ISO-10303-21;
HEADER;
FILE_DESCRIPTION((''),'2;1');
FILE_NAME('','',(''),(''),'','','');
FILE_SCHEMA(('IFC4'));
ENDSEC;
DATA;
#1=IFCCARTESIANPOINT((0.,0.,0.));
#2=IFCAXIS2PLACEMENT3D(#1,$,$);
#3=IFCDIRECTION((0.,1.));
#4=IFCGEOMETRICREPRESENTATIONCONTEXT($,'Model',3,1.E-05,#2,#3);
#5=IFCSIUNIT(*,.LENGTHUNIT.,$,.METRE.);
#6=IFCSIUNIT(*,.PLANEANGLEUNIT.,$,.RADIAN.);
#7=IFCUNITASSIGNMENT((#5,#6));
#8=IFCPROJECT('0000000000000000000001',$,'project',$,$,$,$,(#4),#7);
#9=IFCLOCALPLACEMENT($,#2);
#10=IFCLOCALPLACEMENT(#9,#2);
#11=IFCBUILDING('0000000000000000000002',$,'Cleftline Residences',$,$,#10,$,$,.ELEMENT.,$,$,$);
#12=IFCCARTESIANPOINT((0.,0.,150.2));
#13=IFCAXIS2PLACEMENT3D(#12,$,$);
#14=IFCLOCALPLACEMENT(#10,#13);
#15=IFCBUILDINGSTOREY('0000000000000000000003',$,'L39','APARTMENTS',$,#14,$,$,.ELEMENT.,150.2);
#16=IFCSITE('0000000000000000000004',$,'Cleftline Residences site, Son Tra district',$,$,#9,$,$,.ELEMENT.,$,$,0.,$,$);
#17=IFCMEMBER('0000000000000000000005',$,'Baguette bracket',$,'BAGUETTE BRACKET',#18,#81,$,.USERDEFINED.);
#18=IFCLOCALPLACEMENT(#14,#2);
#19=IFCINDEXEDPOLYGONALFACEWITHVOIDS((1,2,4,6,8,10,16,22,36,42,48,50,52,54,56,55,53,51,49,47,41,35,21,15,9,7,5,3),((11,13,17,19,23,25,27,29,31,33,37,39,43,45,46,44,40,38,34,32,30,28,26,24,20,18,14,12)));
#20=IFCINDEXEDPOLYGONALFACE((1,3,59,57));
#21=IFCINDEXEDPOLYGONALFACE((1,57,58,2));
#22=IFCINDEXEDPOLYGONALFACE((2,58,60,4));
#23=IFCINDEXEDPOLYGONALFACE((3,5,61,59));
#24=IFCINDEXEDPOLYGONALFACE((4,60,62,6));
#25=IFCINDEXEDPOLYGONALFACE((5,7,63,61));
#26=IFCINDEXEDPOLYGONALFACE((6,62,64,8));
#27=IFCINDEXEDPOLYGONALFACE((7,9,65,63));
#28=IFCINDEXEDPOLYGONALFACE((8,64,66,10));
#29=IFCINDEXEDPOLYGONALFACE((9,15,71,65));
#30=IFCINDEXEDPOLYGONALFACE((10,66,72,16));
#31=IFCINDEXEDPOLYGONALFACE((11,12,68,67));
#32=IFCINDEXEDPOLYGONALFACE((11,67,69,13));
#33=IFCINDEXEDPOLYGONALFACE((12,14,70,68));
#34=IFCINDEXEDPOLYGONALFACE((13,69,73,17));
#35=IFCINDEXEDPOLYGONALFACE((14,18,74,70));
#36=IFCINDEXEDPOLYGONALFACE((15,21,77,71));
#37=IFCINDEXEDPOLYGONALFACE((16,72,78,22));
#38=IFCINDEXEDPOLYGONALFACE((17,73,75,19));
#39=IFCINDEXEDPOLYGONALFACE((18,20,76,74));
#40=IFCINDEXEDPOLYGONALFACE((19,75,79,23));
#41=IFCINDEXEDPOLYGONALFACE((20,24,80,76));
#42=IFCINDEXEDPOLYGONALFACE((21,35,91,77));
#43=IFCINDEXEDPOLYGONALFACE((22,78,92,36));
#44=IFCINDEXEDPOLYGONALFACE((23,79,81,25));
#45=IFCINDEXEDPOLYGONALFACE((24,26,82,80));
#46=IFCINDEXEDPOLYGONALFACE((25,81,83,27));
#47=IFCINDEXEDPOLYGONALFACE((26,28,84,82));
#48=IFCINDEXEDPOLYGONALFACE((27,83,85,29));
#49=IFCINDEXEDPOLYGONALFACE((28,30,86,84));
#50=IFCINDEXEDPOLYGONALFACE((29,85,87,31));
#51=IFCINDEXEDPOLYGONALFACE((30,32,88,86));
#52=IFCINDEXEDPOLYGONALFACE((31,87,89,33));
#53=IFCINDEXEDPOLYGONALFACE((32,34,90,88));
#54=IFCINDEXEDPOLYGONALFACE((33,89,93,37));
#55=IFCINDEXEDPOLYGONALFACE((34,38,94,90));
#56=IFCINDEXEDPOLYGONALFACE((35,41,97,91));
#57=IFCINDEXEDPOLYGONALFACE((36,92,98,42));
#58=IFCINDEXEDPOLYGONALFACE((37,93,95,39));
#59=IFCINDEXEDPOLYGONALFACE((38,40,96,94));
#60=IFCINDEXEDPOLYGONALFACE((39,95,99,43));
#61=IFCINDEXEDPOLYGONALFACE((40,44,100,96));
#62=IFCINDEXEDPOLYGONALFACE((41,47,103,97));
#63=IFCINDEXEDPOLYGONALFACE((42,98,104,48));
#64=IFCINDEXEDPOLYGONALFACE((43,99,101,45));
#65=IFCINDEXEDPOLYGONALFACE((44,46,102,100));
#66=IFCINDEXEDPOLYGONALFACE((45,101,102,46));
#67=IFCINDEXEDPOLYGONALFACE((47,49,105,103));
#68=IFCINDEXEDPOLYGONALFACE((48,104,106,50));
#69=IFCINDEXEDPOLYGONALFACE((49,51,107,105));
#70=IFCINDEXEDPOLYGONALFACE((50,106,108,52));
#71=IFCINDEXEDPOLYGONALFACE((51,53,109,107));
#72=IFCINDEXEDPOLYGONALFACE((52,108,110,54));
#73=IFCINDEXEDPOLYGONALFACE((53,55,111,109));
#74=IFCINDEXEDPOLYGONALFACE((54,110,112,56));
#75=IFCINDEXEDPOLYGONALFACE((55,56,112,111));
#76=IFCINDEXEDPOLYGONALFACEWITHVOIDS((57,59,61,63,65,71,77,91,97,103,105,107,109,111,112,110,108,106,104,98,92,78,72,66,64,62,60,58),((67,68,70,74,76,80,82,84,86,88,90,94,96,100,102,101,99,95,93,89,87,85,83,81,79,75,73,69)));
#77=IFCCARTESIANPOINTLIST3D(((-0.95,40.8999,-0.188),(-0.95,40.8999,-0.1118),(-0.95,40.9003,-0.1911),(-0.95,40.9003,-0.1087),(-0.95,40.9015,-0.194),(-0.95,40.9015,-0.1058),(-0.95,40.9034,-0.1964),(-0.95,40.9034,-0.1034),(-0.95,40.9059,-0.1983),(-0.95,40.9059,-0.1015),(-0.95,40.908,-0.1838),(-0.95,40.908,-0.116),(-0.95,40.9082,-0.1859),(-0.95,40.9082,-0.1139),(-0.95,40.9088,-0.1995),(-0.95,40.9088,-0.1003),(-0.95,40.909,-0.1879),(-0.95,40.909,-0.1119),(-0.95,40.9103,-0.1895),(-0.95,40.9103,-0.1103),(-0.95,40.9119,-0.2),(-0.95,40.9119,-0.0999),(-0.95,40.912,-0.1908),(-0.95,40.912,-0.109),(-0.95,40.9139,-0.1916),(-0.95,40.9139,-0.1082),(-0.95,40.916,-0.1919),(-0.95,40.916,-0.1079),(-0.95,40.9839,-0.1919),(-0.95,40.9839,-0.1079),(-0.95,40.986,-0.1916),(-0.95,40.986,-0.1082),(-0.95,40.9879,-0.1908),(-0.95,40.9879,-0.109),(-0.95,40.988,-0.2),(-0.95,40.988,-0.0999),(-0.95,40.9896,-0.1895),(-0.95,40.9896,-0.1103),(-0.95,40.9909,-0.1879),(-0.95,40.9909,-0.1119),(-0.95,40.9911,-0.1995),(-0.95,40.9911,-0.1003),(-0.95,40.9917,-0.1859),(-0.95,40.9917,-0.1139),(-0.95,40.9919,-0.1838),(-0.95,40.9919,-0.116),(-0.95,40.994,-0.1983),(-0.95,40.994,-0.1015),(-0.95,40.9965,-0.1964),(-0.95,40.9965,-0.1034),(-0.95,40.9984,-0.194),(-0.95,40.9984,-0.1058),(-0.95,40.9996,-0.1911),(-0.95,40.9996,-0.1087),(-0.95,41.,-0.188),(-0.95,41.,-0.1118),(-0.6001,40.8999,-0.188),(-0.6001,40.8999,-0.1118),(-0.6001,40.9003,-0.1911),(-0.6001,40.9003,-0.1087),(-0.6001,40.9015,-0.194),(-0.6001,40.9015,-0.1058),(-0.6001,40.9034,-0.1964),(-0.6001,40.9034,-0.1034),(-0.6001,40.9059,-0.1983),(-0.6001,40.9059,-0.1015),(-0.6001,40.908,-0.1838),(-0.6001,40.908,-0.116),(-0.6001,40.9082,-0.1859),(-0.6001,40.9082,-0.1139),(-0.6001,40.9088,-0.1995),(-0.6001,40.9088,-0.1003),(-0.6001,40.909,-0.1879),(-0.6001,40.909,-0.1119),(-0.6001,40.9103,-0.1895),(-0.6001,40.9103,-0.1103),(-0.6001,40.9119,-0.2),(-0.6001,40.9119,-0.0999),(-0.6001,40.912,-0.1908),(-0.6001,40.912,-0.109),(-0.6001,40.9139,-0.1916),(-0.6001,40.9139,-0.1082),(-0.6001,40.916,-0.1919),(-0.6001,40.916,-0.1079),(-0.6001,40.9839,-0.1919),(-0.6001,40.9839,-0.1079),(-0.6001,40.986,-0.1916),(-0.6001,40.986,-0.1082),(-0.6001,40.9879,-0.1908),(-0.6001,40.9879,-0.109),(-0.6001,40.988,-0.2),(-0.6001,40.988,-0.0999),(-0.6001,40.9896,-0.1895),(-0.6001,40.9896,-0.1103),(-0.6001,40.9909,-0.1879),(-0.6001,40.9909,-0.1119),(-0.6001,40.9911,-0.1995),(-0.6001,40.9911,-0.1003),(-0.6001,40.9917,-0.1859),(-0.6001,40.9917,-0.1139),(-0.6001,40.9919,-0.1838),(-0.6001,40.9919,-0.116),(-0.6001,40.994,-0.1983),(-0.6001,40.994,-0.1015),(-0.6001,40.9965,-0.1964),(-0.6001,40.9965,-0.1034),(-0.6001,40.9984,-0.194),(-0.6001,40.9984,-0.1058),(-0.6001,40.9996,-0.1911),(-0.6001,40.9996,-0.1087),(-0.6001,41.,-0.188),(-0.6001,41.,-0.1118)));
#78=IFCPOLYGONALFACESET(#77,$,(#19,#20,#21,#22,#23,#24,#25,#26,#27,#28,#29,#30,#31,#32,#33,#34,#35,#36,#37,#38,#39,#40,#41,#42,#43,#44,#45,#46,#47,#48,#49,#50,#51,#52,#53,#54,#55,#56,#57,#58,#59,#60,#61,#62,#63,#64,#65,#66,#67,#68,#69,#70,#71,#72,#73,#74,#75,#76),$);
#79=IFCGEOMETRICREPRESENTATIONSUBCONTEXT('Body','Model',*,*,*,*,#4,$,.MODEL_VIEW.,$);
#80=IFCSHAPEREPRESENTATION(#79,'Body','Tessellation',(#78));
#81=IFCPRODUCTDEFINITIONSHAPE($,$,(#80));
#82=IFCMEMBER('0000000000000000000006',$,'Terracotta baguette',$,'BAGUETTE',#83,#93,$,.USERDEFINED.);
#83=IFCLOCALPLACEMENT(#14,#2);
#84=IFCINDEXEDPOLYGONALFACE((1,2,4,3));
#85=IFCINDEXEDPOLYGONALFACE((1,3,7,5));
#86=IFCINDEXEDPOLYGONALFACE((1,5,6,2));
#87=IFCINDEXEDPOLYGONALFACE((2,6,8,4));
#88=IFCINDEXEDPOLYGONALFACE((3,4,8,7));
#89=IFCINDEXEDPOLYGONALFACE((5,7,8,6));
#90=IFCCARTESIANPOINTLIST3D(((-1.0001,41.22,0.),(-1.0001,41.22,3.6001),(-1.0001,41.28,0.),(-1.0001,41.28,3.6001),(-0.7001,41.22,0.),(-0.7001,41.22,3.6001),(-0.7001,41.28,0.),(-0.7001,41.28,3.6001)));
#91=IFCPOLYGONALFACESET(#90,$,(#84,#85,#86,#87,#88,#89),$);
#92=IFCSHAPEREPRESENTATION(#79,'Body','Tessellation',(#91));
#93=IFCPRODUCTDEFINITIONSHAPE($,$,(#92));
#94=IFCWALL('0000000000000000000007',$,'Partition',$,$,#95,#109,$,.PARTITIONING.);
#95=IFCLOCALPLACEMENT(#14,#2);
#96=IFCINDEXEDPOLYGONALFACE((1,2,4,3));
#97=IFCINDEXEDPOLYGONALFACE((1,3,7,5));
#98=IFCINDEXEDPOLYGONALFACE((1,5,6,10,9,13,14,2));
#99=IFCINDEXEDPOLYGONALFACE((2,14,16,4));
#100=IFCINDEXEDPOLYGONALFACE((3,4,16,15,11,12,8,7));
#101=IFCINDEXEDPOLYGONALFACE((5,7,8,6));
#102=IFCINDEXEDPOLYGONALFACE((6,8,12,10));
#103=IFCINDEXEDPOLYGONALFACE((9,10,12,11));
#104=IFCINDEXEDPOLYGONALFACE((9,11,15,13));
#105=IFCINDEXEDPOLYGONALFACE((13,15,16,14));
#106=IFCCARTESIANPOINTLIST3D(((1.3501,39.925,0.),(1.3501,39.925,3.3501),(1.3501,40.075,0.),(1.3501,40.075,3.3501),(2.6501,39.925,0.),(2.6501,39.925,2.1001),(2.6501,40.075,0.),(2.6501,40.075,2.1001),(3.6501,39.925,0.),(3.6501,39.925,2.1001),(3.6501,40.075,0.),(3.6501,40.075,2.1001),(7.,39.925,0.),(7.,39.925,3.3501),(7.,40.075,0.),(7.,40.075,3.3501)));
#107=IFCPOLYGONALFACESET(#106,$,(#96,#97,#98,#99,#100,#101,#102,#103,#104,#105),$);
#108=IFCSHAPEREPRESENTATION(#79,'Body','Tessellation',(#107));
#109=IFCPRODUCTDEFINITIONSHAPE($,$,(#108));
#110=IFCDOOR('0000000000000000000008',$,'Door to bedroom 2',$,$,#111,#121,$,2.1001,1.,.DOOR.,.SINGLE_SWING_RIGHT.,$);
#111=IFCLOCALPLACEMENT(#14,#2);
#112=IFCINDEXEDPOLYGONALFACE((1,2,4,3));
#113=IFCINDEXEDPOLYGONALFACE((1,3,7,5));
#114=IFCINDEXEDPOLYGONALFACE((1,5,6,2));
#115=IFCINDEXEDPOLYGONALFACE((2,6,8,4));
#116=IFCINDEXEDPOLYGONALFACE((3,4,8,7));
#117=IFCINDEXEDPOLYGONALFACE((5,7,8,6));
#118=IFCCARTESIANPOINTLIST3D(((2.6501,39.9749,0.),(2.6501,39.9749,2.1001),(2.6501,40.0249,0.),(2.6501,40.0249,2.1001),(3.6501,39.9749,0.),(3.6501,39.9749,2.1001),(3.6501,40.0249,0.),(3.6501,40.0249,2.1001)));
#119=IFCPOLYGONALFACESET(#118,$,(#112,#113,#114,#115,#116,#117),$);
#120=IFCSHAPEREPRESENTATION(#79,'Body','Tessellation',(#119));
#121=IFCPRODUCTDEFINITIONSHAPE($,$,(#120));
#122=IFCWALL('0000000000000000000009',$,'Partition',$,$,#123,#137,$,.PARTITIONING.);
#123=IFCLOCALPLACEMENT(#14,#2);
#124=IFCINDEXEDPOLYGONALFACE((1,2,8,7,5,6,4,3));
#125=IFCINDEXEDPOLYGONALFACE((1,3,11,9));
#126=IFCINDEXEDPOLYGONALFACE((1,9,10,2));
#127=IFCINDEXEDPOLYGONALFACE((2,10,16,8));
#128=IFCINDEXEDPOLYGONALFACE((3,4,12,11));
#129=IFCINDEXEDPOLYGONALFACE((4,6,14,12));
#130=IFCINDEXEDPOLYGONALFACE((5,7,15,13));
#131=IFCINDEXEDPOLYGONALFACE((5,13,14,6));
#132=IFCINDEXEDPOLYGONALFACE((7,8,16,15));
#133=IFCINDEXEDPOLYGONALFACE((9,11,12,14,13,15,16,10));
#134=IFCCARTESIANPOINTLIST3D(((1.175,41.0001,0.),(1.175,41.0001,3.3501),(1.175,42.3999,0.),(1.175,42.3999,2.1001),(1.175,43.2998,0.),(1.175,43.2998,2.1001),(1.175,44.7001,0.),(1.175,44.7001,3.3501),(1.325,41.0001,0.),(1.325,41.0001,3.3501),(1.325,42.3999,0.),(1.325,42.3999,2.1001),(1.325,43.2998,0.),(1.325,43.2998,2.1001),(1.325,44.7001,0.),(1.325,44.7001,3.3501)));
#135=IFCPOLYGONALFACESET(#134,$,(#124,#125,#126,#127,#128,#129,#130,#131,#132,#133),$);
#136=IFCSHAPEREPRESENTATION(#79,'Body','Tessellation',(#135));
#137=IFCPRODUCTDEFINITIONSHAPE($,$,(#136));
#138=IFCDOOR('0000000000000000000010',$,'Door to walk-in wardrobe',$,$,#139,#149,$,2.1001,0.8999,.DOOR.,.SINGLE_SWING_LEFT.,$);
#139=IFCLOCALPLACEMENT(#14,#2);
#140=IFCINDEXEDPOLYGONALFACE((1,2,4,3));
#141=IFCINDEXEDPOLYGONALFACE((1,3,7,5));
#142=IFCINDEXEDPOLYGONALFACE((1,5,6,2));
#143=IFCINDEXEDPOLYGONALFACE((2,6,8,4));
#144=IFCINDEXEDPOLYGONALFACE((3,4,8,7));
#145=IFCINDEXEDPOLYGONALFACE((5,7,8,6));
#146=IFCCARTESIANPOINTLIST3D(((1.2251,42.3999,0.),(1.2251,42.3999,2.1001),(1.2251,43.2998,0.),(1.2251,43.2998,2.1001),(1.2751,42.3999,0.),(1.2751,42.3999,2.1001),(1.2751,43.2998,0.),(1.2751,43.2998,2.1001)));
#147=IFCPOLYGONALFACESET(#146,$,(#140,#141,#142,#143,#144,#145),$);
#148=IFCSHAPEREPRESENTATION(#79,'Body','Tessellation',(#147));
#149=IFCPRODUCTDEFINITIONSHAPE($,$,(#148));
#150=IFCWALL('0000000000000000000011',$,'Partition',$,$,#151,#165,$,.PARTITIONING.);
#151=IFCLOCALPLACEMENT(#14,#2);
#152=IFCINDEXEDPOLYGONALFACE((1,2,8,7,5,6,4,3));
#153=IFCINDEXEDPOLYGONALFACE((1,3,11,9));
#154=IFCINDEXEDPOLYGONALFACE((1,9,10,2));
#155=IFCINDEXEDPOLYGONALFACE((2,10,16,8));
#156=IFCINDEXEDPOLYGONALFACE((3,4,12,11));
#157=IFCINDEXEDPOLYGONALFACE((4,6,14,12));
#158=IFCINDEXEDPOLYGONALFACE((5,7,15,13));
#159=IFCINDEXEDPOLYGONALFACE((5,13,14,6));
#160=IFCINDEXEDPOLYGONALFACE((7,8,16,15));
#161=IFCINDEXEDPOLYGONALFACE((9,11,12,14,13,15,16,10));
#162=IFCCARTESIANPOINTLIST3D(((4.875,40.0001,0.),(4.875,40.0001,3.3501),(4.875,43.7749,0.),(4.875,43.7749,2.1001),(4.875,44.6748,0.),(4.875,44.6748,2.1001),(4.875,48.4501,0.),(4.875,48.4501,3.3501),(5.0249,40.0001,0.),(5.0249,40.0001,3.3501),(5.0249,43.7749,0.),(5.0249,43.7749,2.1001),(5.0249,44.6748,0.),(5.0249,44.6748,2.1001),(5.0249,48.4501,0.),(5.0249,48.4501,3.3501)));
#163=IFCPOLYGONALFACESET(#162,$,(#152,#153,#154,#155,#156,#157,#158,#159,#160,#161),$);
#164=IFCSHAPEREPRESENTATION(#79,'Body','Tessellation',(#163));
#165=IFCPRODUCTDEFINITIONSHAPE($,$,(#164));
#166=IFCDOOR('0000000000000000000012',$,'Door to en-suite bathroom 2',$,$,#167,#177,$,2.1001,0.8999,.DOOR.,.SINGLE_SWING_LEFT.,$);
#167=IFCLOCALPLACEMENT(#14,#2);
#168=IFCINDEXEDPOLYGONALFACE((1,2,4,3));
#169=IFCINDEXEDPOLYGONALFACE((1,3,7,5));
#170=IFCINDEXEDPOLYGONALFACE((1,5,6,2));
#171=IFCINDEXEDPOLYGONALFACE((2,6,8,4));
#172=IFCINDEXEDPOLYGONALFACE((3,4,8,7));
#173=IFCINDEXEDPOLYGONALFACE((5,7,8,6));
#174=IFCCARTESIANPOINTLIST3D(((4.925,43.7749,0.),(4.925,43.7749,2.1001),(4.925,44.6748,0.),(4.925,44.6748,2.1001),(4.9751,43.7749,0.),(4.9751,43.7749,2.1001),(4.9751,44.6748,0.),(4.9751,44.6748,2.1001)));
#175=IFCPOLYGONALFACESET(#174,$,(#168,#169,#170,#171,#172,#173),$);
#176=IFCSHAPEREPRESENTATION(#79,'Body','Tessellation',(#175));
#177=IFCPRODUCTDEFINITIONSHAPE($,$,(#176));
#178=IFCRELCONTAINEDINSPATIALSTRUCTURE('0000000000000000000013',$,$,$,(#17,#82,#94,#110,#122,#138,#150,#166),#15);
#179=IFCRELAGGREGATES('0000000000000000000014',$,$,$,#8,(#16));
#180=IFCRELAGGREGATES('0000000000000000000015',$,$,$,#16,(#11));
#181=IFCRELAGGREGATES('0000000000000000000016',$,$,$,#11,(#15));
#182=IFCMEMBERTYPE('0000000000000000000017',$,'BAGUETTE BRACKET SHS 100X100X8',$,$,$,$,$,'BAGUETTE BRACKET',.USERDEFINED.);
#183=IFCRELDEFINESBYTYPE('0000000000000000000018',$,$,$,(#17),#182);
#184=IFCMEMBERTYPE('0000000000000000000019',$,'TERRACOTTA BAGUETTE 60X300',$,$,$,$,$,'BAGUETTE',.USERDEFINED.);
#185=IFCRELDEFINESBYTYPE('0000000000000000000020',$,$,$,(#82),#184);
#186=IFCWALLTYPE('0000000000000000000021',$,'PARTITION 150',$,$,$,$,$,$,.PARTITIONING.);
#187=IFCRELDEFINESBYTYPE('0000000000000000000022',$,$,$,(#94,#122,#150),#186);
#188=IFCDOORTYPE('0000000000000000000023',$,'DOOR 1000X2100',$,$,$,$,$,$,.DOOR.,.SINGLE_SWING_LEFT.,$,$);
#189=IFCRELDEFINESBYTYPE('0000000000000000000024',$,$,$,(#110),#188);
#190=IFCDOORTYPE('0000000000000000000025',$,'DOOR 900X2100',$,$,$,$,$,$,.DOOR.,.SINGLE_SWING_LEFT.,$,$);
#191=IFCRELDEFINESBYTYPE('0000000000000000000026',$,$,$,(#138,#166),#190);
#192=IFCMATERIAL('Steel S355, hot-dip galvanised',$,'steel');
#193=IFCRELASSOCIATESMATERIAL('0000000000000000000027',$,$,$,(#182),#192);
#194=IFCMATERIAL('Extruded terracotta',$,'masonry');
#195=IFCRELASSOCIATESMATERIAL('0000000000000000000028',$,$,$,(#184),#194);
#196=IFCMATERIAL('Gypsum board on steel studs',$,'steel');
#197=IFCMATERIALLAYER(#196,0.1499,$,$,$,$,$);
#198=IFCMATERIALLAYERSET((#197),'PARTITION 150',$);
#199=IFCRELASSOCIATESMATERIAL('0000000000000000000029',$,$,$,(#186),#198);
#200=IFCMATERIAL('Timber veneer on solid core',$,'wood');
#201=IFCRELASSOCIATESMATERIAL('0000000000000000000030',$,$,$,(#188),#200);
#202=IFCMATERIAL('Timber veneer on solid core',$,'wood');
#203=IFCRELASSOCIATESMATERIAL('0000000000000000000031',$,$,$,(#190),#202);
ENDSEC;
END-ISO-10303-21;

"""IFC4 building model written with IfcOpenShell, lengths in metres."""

from ifc_helpers import new_model, si_unit, direction, frame, frame_2d, origin, origin_2d, place, context, subcontext, project, spatial, rectangle, hollow_rectangle, extrude, material, layer, layer_set, material_profile, profile_set, type_object, element, fill, save


model = new_model("IFC4")

# Units and contexts
model_context = context("Model", 3, precision=1e-05, world=origin(), true_north=direction((0.0, 1.0)))
body_context = subcontext(model_context, "Body", "Model", "MODEL_VIEW")
ifc_project = project(units=[si_unit("LENGTHUNIT", "METRE"), si_unit("PLANEANGLEUNIT", "RADIAN")], contexts=[model_context])

# Site, building, storey
site_placement = place(None, origin())
site = spatial("IfcSite", under=ifc_project, at=site_placement, Name="Cleftline Residences site, Son Tra district", CompositionType="ELEMENT", RefElevation=0.0)
building_placement = place(site_placement, origin())
building = spatial("IfcBuilding", under=site, at=building_placement, Name="Cleftline Residences", CompositionType="ELEMENT")
storey_placement = place(building_placement, frame((0.0, 0.0, 150.2)))
storey = spatial("IfcBuildingStorey", under=building, at=storey_placement, Name="L39", Description="APARTMENTS", CompositionType="ELEMENT", Elevation=150.2)

# Members
ifc_material_1 = material(Name="Steel S355, hot-dip galvanised", Category="steel")
ifc_material_profile_1 = material_profile(ifc_material_1, hollow_rectangle(XDim=0.1001, YDim=0.1001, WallThickness=0.0081, InnerFilletRadius=0.0081, OuterFilletRadius=0.012, at=origin_2d()))
ifc_profile_set_1 = profile_set([ifc_material_profile_1], Name="Steel S355, hot-dip galvanised")
member_type_1 = type_object("IfcMemberType", Name="BAGUETTE BRACKET SHS 100X100X8", ElementType="BAGUETTE BRACKET", PredefinedType="USERDEFINED", material=ifc_profile_set_1)
member_1_placement = place(storey_placement, frame((-0.6001, 40.95, -0.1499), z_axis=(-1.0, 0.0, 0.0), x_axis=(0.0, -1.0, 0.0)))
element("IfcMember", 1, at=member_1_placement, inside=storey, type_object=member_type_1, Name="Baguette bracket", ObjectType="BAGUETTE BRACKET", PredefinedType="USERDEFINED", context=body_context, shape_type="SweptSolid", body=[
    extrude(hollow_rectangle(XDim=0.1001, YDim=0.1001, WallThickness=0.0081, InnerFilletRadius=0.0081, OuterFilletRadius=0.012, at=origin_2d()), origin(), (0.0, 0.0, 1.0), 0.3499),
])
ifc_material_2 = material(Name="Extruded terracotta", Category="masonry")
ifc_material_profile_2 = material_profile(ifc_material_2, rectangle(XDim=0.0601, YDim=0.3, at=origin_2d()))
ifc_profile_set_2 = profile_set([ifc_material_profile_2], Name="Extruded terracotta")
member_type_2 = type_object("IfcMemberType", Name="TERRACOTTA BAGUETTE 60X300", ElementType="BAGUETTE", PredefinedType="USERDEFINED", material=ifc_profile_set_2)
member_2_placement = place(storey_placement, frame((-0.8501, 41.25, 0.0), z_axis=(0.0, 0.0, 1.0), x_axis=(0.0, 1.0, 0.0)))
element("IfcMember", 2, at=member_2_placement, inside=storey, type_object=member_type_2, Name="Terracotta baguette", ObjectType="BAGUETTE", PredefinedType="USERDEFINED", context=body_context, shape_type="SweptSolid", body=[
    extrude(rectangle(XDim=0.0601, YDim=0.3, at=origin_2d()), origin(), (0.0, 0.0, 1.0), 3.6001),
])

# Walls, openings, doors
ifc_material_3 = material(Name="Gypsum board on steel studs", Category="steel")
ifc_layer = layer(ifc_material_3, 0.1499)
ifc_layer_set = layer_set([ifc_layer], Name="PARTITION 150")
wall_type = type_object("IfcWallType", Name="PARTITION 150", PredefinedType="PARTITIONING", material=ifc_layer_set)
wall_1_placement = place(storey_placement, frame((1.3501, 40.0, 0.0), z_axis=(0.0, 0.0, 1.0), x_axis=(1.0, 0.0, 0.0)))
wall_1 = element("IfcWall", 3, at=wall_1_placement, inside=storey, type_object=wall_type, Name="Partition", PredefinedType="PARTITIONING", context=body_context, shape_type="SweptSolid", body=[
    extrude(rectangle(XDim=5.6499, YDim=0.1499, at=frame_2d((2.825, 0.0))), origin(), (0.0, 0.0, 1.0), 3.3501),
])
opening_1_placement = place(wall_1_placement, frame((1.3, 0.0, 0.0)))
opening_1 = element("IfcOpeningElement", 4, at=opening_1_placement, cuts=wall_1, PredefinedType="OPENING", context=body_context, shape_type="SweptSolid", body=[
    extrude(rectangle(XDim=1.0, YDim=2.1001, at=frame_2d((0.5, 1.05))), frame((0.0, 0.085, 0.0), z_axis=(0.0, -1.0, 0.0), x_axis=(1.0, 0.0, 0.0)), (0.0, 0.0, 1.0), 0.1699),
])
ifc_material_4 = material(Name="Timber veneer on solid core", Category="wood")
door_type_1 = type_object("IfcDoorType", Name="DOOR 1000X2100", OperationType="SINGLE_SWING_LEFT", PredefinedType="DOOR", material=ifc_material_4)
door_1_placement = place(opening_1_placement, origin())
door_1 = element("IfcDoor", 5, at=door_1_placement, inside=storey, type_object=door_type_1, Name="Door to bedroom 2", OperationType="SINGLE_SWING_RIGHT", OverallHeight=2.1001, OverallWidth=1.0, PredefinedType="DOOR", context=body_context, shape_type="SweptSolid", body=[
    extrude(rectangle(XDim=1.0, YDim=2.1001, at=frame_2d((0.5, 1.05))), frame((0.0, 0.0249, 0.0), z_axis=(0.0, -1.0, 0.0), x_axis=(1.0, 0.0, 0.0)), (0.0, 0.0, 1.0), 0.05),
])
fill(opening_1, door_1)
wall_2_placement = place(storey_placement, frame((1.25, 41.0, 0.0), z_axis=(0.0, 0.0, 1.0), x_axis=(0.0, 1.0, 0.0)))
wall_2 = element("IfcWall", 6, at=wall_2_placement, inside=storey, type_object=wall_type, Name="Partition", PredefinedType="PARTITIONING", context=body_context, shape_type="SweptSolid", body=[
    extrude(rectangle(XDim=3.7, YDim=0.1499, at=frame_2d((1.8501, 0.0))), origin(), (0.0, 0.0, 1.0), 3.3501),
])
opening_2_placement = place(wall_2_placement, frame((1.3999, 0.0, 0.0)))
opening_2 = element("IfcOpeningElement", 7, at=opening_2_placement, cuts=wall_2, PredefinedType="OPENING", context=body_context, shape_type="SweptSolid", body=[
    extrude(rectangle(XDim=0.8999, YDim=2.1001, at=frame_2d((0.45, 1.05))), frame((0.0, 0.085, 0.0), z_axis=(0.0, -1.0, 0.0), x_axis=(1.0, 0.0, 0.0)), (0.0, 0.0, 1.0), 0.1699),
])
ifc_material_5 = material(Name="Timber veneer on solid core", Category="wood")
door_type_2 = type_object("IfcDoorType", Name="DOOR 900X2100", OperationType="SINGLE_SWING_LEFT", PredefinedType="DOOR", material=ifc_material_5)
door_2_placement = place(opening_2_placement, origin())
door_2 = element("IfcDoor", 8, at=door_2_placement, inside=storey, type_object=door_type_2, Name="Door to walk-in wardrobe", OperationType="SINGLE_SWING_LEFT", OverallHeight=2.1001, OverallWidth=0.8999, PredefinedType="DOOR", context=body_context, shape_type="SweptSolid", body=[
    extrude(rectangle(XDim=0.8999, YDim=2.1001, at=frame_2d((0.45, 1.05))), frame((0.0, 0.0249, 0.0), z_axis=(0.0, -1.0, 0.0), x_axis=(1.0, 0.0, 0.0)), (0.0, 0.0, 1.0), 0.05),
])
fill(opening_2, door_2)
wall_3_placement = place(storey_placement, frame((4.95, 40.0, 0.0), z_axis=(0.0, 0.0, 1.0), x_axis=(0.0, 1.0, 0.0)))
wall_3 = element("IfcWall", 9, at=wall_3_placement, inside=storey, type_object=wall_type, Name="Partition", PredefinedType="PARTITIONING", context=body_context, shape_type="SweptSolid", body=[
    extrude(rectangle(XDim=8.45, YDim=0.1499, at=frame_2d((4.2251, 0.0))), origin(), (0.0, 0.0, 1.0), 3.3501),
])
opening_3_placement = place(wall_3_placement, frame((3.7749, 0.0, 0.0)))
opening_3 = element("IfcOpeningElement", 10, at=opening_3_placement, cuts=wall_3, PredefinedType="OPENING", context=body_context, shape_type="SweptSolid", body=[
    extrude(rectangle(XDim=0.8999, YDim=2.1001, at=frame_2d((0.45, 1.05))), frame((0.0, 0.085, 0.0), z_axis=(0.0, -1.0, 0.0), x_axis=(1.0, 0.0, 0.0)), (0.0, 0.0, 1.0), 0.1699),
])
door_3_placement = place(opening_3_placement, origin())
door_3 = element("IfcDoor", 11, at=door_3_placement, inside=storey, type_object=door_type_2, Name="Door to en-suite bathroom 2", OperationType="SINGLE_SWING_LEFT", OverallHeight=2.1001, OverallWidth=0.8999, PredefinedType="DOOR", context=body_context, shape_type="SweptSolid", body=[
    extrude(rectangle(XDim=0.8999, YDim=2.1001, at=frame_2d((0.45, 1.05))), frame((0.0, 0.0249, 0.0), z_axis=(0.0, -1.0, 0.0), x_axis=(1.0, 0.0, 0.0)), (0.0, 0.0, 1.0), 0.05),
])
fill(opening_3, door_3)

save(model, "model.ifc")
